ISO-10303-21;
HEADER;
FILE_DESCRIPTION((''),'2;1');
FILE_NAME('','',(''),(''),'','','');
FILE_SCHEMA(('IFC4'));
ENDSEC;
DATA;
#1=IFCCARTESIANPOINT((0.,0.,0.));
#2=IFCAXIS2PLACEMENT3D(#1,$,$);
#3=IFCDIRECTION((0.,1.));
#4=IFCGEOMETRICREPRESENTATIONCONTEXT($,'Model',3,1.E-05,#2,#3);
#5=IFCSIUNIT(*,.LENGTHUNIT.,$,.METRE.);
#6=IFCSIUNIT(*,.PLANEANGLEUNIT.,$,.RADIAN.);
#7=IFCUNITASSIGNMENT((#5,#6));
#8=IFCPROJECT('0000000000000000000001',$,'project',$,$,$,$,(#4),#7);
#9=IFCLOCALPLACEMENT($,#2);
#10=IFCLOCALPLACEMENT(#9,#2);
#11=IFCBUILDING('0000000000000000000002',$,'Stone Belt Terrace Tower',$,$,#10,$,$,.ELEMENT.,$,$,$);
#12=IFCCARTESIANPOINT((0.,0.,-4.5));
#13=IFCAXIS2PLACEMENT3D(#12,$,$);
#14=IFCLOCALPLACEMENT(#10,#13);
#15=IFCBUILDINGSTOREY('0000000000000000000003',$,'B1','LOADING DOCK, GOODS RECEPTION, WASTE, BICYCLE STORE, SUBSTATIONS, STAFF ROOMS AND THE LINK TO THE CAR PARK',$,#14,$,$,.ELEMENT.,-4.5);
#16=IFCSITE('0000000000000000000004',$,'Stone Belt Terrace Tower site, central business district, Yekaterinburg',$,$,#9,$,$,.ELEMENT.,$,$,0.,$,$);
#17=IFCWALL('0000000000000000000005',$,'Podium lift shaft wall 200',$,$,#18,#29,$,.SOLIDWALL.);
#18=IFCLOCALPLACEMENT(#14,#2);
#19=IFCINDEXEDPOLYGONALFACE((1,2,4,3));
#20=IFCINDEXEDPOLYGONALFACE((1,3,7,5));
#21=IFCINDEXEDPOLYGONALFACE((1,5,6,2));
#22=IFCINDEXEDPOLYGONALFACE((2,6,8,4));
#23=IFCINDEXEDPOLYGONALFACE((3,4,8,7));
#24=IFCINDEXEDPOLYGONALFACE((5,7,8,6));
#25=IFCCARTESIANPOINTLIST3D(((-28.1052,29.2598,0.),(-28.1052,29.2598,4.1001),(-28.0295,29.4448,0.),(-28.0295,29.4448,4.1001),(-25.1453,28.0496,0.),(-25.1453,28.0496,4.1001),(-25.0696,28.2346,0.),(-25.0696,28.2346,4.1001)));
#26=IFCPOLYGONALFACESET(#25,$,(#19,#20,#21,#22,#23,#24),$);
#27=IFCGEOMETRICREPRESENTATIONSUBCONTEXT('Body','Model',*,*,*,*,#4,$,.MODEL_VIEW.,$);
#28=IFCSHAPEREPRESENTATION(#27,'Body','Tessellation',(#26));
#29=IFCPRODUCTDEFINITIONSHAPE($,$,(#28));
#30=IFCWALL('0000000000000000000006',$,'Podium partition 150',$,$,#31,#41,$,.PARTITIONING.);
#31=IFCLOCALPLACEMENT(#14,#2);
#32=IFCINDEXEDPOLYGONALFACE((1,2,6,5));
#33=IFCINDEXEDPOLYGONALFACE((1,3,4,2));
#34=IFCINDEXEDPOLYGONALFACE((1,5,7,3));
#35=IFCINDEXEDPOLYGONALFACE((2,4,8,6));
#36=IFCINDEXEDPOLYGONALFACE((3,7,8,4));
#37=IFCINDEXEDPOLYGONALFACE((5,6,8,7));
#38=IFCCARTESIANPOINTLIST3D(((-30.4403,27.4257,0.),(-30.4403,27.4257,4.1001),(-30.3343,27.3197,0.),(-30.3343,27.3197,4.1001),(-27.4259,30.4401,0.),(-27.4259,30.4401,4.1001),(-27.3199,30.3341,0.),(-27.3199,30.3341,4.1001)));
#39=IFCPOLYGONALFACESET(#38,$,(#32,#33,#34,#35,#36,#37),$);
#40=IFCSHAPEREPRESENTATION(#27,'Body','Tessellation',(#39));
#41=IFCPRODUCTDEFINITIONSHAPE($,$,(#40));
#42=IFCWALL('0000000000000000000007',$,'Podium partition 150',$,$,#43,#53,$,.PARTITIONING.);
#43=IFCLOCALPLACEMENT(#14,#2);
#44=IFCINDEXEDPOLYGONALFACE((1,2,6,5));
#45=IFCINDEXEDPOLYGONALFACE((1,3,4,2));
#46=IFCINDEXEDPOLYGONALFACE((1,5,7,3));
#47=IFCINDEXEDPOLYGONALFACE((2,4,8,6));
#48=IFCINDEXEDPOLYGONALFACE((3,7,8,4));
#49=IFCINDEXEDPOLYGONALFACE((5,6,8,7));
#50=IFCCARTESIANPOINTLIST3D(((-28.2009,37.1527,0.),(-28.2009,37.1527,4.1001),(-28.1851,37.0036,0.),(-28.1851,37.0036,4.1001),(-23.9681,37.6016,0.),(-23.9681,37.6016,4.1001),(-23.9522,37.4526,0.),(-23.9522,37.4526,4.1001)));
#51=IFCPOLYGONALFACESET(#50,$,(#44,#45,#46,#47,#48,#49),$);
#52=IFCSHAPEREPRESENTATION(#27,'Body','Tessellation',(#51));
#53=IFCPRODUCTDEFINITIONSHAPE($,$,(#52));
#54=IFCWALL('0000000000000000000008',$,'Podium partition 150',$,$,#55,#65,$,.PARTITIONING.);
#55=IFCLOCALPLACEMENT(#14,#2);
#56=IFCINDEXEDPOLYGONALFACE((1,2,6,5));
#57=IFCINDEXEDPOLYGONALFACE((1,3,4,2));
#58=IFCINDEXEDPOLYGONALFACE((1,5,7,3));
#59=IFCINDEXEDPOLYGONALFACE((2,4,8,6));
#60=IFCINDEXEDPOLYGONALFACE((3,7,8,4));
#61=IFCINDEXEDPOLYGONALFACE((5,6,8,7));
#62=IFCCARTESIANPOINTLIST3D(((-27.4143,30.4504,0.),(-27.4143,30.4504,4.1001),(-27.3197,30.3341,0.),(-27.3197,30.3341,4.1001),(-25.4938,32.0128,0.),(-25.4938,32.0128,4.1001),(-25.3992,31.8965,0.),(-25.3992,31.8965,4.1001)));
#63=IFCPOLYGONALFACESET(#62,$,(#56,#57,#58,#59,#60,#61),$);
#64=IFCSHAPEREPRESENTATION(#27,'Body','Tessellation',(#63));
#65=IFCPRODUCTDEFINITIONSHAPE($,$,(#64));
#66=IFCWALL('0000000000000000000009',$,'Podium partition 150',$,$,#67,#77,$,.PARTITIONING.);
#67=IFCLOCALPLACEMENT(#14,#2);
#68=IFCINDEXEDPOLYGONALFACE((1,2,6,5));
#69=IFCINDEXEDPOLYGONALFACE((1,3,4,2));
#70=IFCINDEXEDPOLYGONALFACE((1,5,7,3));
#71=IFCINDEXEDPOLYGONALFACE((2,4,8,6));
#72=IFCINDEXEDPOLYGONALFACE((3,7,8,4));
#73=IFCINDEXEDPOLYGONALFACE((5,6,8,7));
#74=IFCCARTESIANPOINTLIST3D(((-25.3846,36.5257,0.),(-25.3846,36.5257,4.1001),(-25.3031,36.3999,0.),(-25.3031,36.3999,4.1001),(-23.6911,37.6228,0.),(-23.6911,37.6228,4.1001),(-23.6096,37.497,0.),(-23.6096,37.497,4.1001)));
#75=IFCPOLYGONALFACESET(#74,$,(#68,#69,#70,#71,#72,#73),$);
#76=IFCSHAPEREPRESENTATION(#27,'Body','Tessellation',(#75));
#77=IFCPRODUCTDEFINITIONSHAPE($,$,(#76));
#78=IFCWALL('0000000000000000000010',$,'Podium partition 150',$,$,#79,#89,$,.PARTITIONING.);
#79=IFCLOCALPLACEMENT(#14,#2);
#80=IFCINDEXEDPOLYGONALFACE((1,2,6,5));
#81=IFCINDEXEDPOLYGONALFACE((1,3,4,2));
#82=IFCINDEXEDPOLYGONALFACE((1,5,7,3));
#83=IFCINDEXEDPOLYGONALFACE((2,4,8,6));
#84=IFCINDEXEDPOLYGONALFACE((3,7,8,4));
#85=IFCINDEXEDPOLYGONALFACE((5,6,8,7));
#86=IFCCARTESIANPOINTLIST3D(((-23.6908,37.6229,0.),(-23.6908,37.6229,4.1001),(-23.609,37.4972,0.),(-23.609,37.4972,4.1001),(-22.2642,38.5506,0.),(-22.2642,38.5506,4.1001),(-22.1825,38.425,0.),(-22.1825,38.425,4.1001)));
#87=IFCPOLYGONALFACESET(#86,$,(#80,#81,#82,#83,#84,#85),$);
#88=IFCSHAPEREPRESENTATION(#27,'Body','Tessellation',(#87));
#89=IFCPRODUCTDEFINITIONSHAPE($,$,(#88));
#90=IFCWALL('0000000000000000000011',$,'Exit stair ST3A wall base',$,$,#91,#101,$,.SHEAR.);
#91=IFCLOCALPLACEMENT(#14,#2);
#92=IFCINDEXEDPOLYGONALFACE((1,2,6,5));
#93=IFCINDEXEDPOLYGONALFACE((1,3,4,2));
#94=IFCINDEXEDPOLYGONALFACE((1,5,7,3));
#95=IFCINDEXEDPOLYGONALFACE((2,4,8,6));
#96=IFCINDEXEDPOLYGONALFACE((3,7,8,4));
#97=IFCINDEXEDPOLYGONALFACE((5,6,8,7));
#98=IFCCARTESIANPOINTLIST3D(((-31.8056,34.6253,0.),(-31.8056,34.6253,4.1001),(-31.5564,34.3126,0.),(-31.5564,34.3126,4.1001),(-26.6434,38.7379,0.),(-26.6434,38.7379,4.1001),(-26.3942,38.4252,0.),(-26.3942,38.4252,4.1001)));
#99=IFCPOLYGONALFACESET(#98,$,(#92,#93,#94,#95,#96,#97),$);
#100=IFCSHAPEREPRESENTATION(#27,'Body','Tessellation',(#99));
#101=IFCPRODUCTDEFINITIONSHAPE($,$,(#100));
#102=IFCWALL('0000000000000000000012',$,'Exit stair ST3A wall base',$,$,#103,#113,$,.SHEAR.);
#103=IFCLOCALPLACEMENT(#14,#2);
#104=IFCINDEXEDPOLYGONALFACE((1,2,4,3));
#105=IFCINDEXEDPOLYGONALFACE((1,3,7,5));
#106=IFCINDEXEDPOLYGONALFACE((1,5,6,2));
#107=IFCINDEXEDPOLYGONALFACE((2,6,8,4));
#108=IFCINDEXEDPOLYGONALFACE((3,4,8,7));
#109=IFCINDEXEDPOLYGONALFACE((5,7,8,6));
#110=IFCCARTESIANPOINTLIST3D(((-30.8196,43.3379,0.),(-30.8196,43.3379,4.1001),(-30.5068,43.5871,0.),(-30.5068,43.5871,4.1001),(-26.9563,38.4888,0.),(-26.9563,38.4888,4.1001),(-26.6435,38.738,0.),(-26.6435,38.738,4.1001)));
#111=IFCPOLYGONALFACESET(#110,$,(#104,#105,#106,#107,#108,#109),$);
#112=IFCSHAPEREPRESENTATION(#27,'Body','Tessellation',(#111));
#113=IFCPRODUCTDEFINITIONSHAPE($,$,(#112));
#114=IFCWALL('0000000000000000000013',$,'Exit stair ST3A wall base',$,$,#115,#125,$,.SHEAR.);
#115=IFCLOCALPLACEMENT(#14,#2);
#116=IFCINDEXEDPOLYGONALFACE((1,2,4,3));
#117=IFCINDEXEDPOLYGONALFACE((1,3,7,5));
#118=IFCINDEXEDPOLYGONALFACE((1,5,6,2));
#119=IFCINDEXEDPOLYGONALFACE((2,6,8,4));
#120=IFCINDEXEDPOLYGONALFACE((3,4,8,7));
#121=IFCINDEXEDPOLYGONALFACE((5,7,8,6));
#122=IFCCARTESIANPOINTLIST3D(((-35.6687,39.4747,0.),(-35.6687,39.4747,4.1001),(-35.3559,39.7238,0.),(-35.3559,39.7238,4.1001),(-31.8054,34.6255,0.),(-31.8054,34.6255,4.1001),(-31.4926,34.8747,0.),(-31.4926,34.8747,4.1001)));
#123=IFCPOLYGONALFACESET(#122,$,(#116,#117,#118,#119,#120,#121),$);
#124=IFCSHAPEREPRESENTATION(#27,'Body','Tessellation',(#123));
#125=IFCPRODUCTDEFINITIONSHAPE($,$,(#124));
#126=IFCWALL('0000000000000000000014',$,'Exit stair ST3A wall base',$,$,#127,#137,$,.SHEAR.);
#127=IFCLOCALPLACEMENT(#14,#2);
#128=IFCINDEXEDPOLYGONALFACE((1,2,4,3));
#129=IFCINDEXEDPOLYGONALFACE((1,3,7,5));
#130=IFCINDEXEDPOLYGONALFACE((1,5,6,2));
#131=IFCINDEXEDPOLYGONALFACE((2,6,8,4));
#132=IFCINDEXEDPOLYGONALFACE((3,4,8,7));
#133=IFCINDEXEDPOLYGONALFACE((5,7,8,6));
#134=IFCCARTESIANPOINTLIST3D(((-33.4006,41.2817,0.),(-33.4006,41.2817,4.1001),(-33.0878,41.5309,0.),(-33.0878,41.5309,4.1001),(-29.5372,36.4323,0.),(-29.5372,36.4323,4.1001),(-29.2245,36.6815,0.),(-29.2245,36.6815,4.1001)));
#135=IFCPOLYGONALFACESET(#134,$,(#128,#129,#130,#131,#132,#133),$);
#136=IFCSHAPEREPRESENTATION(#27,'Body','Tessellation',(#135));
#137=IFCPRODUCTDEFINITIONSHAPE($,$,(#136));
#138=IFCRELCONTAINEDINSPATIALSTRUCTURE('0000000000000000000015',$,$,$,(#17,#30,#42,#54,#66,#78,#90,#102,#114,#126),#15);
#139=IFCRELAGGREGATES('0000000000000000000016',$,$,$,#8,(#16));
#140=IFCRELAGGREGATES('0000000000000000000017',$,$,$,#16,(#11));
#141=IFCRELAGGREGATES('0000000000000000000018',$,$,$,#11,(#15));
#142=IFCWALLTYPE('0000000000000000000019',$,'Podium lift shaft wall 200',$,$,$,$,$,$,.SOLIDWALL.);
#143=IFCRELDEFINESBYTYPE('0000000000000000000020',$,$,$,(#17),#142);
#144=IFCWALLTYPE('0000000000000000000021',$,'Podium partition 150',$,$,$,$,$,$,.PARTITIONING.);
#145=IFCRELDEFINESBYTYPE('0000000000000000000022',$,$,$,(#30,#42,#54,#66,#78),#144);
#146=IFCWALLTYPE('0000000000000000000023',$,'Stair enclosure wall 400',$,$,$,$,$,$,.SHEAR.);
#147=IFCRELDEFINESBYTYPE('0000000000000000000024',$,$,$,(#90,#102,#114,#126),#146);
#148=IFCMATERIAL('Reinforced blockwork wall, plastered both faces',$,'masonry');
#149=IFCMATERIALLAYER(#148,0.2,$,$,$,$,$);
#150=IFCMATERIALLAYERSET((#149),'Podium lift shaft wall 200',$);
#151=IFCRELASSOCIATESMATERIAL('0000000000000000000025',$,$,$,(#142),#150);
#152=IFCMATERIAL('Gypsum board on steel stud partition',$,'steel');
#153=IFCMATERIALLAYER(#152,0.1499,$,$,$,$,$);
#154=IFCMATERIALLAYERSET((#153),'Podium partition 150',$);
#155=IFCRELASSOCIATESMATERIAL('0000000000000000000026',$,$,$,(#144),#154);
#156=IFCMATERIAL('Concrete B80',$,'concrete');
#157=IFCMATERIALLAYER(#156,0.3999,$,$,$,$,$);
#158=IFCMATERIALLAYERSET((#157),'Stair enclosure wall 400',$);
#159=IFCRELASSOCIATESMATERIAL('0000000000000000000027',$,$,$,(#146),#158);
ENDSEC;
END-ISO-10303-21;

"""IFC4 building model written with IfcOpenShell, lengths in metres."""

from ifc_helpers import new_model, si_unit, direction, frame, frame_2d, origin, place, context, subcontext, project, spatial, rectangle, extrude, material, layer, layer_set, type_object, element, save


model = new_model("IFC4")

# Units and contexts
model_context = context("Model", 3, precision=1e-05, world=origin(), true_north=direction((0.0, 1.0)))
body_context = subcontext(model_context, "Body", "Model", "MODEL_VIEW")
ifc_project = project(units=[si_unit("LENGTHUNIT", "METRE"), si_unit("PLANEANGLEUNIT", "RADIAN")], contexts=[model_context])

# Site, building, storey
site_placement = place(None, origin())
site = spatial("IfcSite", under=ifc_project, at=site_placement, Name="Stone Belt Terrace Tower site, central business district, Yekaterinburg", CompositionType="ELEMENT", RefElevation=0.0)
building_placement = place(site_placement, origin())
building = spatial("IfcBuilding", under=site, at=building_placement, Name="Stone Belt Terrace Tower", CompositionType="ELEMENT")
storey_placement = place(building_placement, frame((0.0, 0.0, -4.5)))
storey = spatial("IfcBuildingStorey", under=building, at=storey_placement, Name="B1", Description="LOADING DOCK, GOODS RECEPTION, WASTE, BICYCLE STORE, SUBSTATIONS, STAFF ROOMS AND THE LINK TO THE CAR PARK", CompositionType="ELEMENT", Elevation=-4.5)

# Shared definitions
ifc_material_1 = material(Name="Concrete B80", Category="concrete")

# Shared definitions
ifc_material_2 = material(Name="Reinforced blockwork wall, plastered both faces", Category="masonry")
ifc_layer_1 = layer(ifc_material_2, 0.2)
ifc_layer_set_1 = layer_set([ifc_layer_1], Name="Podium lift shaft wall 200")
wall_type_1 = type_object("IfcWallType", Name="Podium lift shaft wall 200", PredefinedType="SOLIDWALL", material=ifc_layer_set_1)

# Walls
wall_1_placement = place(storey_placement, frame((-28.0674, 29.3523, 0.0), z_axis=(0.0, 0.0, 1.0), x_axis=(0.925622, -0.378449, 0.0)))
element("IfcWall", 1, at=wall_1_placement, inside=storey, type_object=wall_type_1, Name="Podium lift shaft wall 200", PredefinedType="SOLIDWALL", context=body_context, shape_type="SweptSolid", body=[
    extrude(rectangle(XDim=3.1978, YDim=0.2, at=frame_2d((1.5989, 0.0))), origin(), (0.0, 0.0, 1.0), 4.1001),
])
ifc_material_3 = material(Name="Gypsum board on steel stud partition", Category="steel")
ifc_layer_2 = layer(ifc_material_3, 0.1499)
ifc_layer_set_2 = layer_set([ifc_layer_2], Name="Podium partition 150")
wall_type_2 = type_object("IfcWallType", Name="Podium partition 150", PredefinedType="PARTITIONING", material=ifc_layer_set_2)
wall_2_placement = place(storey_placement, frame((-30.3872, 27.3728, 0.0), z_axis=(0.0, 0.0, 1.0), x_axis=(0.707107, 0.707107, 0.0)))
element("IfcWall", 2, at=wall_2_placement, inside=storey, type_object=wall_type_2, Name="Podium partition 150", PredefinedType="PARTITIONING", context=body_context, shape_type="SweptSolid", body=[
    extrude(rectangle(XDim=4.2629, YDim=0.1499, at=frame_2d((2.1313, 0.0))), origin(), (0.0, 0.0, 1.0), 4.1001),
])
wall_3_placement = place(storey_placement, frame((-28.1931, 37.0781, 0.0), z_axis=(0.0, 0.0, 1.0), x_axis=(0.994422, 0.105476, 0.0)))
element("IfcWall", 3, at=wall_3_placement, inside=storey, type_object=wall_type_2, Name="Podium partition 150", PredefinedType="PARTITIONING", context=body_context, shape_type="SweptSolid", body=[
    extrude(rectangle(XDim=4.2566, YDim=0.1499, at=frame_2d((2.1284, 0.0))), origin(), (0.0, 0.0, 1.0), 4.1001),
])
wall_4_placement = place(storey_placement, frame((-27.3669, 30.3923, 0.0), z_axis=(0.0, 0.0, 1.0), x_axis=(0.775725, 0.631071, 0.0)))
element("IfcWall", 4, at=wall_4_placement, inside=storey, type_object=wall_type_2, Name="Podium partition 150", PredefinedType="PARTITIONING", context=body_context, shape_type="SweptSolid", body=[
    extrude(rectangle(XDim=2.4758, YDim=0.1499, at=frame_2d((1.2378, 0.0))), origin(), (0.0, 0.0, 1.0), 4.1001),
])
wall_5_placement = place(storey_placement, frame((-25.3438, 36.4629, 0.0), z_axis=(0.0, 0.0, 1.0), x_axis=(0.839275, 0.543708, 0.0)))
element("IfcWall", 5, at=wall_5_placement, inside=storey, type_object=wall_type_2, Name="Podium partition 150", PredefinedType="PARTITIONING", context=body_context, shape_type="SweptSolid", body=[
    extrude(rectangle(XDim=2.0178, YDim=0.1499, at=frame_2d((1.0088, 0.0))), origin(), (0.0, 0.0, 1.0), 4.1001),
])
wall_6_placement = place(storey_placement, frame((-23.6499, 37.5601, 0.0), z_axis=(0.0, 0.0, 1.0), x_axis=(0.838309, 0.545195, 0.0)))
element("IfcWall", 6, at=wall_6_placement, inside=storey, type_object=wall_type_2, Name="Podium partition 150", PredefinedType="PARTITIONING", context=body_context, shape_type="SweptSolid", body=[
    extrude(rectangle(XDim=1.7017, YDim=0.1499, at=frame_2d((0.8508, 0.0))), origin(), (0.0, 0.0, 1.0), 4.1001),
])
ifc_layer_3 = layer(ifc_material_1, 0.3999)
ifc_layer_set_3 = layer_set([ifc_layer_3], Name="Stair enclosure wall 400")
wall_type_3 = type_object("IfcWallType", Name="Stair enclosure wall 400", PredefinedType="SHEAR", material=ifc_layer_set_3)
wall_7_placement = place(storey_placement, frame((-26.5188, 38.5815, 0.0), z_axis=(0.0, 0.0, 1.0), x_axis=(-0.782134, -0.62311, 0.0)))
element("IfcWall", 7, at=wall_7_placement, inside=storey, type_object=wall_type_3, Name="Exit stair ST3A wall base", PredefinedType="SHEAR", context=body_context, shape_type="SweptSolid", body=[
    extrude(rectangle(XDim=6.6001, YDim=0.3999, at=frame_2d((3.3, 0.0))), origin(), (0.0, 0.0, 1.0), 4.1001),
])
for number, where, z_axis, x_axis, name in (
    (8, (-26.7998, 38.6133, 0.0), (0.0, 0.0, 1.0), (-0.623119, 0.782127, 0.0), "Exit stair ST3A wall base"),
    (9, (-31.6489, 34.75, 0.0), (0.0, 0.0, 1.0), (-0.623119, 0.782127, 0.0), "Exit stair ST3A wall base"),
):
    element("IfcWall", number, at=place(storey_placement, frame(where, z_axis=z_axis, x_axis=x_axis)), inside=storey, type_object=wall_type_3, Name=name, PredefinedType="SHEAR", context=body_context, shape_type="SweptSolid", body=[
        extrude(rectangle(XDim=6.2, YDim=0.3999, at=frame_2d((3.1001, 0.0))), origin(), (0.0, 0.0, 1.0), 4.1001),
    ])
wall_8_placement = place(storey_placement, frame((-29.3809, 36.5569, 0.0), z_axis=(0.0, 0.0, 1.0), x_axis=(-0.623099, 0.782143, 0.0)))
element("IfcWall", 10, at=wall_8_placement, inside=storey, type_object=wall_type_3, Name="Exit stair ST3A wall base", PredefinedType="SHEAR", context=body_context, shape_type="SweptSolid", body=[
    extrude(rectangle(XDim=6.2002, YDim=0.3999, at=frame_2d((3.1001, 0.0))), origin(), (0.0, 0.0, 1.0), 4.1001),
])

save(model, "model.ifc")
